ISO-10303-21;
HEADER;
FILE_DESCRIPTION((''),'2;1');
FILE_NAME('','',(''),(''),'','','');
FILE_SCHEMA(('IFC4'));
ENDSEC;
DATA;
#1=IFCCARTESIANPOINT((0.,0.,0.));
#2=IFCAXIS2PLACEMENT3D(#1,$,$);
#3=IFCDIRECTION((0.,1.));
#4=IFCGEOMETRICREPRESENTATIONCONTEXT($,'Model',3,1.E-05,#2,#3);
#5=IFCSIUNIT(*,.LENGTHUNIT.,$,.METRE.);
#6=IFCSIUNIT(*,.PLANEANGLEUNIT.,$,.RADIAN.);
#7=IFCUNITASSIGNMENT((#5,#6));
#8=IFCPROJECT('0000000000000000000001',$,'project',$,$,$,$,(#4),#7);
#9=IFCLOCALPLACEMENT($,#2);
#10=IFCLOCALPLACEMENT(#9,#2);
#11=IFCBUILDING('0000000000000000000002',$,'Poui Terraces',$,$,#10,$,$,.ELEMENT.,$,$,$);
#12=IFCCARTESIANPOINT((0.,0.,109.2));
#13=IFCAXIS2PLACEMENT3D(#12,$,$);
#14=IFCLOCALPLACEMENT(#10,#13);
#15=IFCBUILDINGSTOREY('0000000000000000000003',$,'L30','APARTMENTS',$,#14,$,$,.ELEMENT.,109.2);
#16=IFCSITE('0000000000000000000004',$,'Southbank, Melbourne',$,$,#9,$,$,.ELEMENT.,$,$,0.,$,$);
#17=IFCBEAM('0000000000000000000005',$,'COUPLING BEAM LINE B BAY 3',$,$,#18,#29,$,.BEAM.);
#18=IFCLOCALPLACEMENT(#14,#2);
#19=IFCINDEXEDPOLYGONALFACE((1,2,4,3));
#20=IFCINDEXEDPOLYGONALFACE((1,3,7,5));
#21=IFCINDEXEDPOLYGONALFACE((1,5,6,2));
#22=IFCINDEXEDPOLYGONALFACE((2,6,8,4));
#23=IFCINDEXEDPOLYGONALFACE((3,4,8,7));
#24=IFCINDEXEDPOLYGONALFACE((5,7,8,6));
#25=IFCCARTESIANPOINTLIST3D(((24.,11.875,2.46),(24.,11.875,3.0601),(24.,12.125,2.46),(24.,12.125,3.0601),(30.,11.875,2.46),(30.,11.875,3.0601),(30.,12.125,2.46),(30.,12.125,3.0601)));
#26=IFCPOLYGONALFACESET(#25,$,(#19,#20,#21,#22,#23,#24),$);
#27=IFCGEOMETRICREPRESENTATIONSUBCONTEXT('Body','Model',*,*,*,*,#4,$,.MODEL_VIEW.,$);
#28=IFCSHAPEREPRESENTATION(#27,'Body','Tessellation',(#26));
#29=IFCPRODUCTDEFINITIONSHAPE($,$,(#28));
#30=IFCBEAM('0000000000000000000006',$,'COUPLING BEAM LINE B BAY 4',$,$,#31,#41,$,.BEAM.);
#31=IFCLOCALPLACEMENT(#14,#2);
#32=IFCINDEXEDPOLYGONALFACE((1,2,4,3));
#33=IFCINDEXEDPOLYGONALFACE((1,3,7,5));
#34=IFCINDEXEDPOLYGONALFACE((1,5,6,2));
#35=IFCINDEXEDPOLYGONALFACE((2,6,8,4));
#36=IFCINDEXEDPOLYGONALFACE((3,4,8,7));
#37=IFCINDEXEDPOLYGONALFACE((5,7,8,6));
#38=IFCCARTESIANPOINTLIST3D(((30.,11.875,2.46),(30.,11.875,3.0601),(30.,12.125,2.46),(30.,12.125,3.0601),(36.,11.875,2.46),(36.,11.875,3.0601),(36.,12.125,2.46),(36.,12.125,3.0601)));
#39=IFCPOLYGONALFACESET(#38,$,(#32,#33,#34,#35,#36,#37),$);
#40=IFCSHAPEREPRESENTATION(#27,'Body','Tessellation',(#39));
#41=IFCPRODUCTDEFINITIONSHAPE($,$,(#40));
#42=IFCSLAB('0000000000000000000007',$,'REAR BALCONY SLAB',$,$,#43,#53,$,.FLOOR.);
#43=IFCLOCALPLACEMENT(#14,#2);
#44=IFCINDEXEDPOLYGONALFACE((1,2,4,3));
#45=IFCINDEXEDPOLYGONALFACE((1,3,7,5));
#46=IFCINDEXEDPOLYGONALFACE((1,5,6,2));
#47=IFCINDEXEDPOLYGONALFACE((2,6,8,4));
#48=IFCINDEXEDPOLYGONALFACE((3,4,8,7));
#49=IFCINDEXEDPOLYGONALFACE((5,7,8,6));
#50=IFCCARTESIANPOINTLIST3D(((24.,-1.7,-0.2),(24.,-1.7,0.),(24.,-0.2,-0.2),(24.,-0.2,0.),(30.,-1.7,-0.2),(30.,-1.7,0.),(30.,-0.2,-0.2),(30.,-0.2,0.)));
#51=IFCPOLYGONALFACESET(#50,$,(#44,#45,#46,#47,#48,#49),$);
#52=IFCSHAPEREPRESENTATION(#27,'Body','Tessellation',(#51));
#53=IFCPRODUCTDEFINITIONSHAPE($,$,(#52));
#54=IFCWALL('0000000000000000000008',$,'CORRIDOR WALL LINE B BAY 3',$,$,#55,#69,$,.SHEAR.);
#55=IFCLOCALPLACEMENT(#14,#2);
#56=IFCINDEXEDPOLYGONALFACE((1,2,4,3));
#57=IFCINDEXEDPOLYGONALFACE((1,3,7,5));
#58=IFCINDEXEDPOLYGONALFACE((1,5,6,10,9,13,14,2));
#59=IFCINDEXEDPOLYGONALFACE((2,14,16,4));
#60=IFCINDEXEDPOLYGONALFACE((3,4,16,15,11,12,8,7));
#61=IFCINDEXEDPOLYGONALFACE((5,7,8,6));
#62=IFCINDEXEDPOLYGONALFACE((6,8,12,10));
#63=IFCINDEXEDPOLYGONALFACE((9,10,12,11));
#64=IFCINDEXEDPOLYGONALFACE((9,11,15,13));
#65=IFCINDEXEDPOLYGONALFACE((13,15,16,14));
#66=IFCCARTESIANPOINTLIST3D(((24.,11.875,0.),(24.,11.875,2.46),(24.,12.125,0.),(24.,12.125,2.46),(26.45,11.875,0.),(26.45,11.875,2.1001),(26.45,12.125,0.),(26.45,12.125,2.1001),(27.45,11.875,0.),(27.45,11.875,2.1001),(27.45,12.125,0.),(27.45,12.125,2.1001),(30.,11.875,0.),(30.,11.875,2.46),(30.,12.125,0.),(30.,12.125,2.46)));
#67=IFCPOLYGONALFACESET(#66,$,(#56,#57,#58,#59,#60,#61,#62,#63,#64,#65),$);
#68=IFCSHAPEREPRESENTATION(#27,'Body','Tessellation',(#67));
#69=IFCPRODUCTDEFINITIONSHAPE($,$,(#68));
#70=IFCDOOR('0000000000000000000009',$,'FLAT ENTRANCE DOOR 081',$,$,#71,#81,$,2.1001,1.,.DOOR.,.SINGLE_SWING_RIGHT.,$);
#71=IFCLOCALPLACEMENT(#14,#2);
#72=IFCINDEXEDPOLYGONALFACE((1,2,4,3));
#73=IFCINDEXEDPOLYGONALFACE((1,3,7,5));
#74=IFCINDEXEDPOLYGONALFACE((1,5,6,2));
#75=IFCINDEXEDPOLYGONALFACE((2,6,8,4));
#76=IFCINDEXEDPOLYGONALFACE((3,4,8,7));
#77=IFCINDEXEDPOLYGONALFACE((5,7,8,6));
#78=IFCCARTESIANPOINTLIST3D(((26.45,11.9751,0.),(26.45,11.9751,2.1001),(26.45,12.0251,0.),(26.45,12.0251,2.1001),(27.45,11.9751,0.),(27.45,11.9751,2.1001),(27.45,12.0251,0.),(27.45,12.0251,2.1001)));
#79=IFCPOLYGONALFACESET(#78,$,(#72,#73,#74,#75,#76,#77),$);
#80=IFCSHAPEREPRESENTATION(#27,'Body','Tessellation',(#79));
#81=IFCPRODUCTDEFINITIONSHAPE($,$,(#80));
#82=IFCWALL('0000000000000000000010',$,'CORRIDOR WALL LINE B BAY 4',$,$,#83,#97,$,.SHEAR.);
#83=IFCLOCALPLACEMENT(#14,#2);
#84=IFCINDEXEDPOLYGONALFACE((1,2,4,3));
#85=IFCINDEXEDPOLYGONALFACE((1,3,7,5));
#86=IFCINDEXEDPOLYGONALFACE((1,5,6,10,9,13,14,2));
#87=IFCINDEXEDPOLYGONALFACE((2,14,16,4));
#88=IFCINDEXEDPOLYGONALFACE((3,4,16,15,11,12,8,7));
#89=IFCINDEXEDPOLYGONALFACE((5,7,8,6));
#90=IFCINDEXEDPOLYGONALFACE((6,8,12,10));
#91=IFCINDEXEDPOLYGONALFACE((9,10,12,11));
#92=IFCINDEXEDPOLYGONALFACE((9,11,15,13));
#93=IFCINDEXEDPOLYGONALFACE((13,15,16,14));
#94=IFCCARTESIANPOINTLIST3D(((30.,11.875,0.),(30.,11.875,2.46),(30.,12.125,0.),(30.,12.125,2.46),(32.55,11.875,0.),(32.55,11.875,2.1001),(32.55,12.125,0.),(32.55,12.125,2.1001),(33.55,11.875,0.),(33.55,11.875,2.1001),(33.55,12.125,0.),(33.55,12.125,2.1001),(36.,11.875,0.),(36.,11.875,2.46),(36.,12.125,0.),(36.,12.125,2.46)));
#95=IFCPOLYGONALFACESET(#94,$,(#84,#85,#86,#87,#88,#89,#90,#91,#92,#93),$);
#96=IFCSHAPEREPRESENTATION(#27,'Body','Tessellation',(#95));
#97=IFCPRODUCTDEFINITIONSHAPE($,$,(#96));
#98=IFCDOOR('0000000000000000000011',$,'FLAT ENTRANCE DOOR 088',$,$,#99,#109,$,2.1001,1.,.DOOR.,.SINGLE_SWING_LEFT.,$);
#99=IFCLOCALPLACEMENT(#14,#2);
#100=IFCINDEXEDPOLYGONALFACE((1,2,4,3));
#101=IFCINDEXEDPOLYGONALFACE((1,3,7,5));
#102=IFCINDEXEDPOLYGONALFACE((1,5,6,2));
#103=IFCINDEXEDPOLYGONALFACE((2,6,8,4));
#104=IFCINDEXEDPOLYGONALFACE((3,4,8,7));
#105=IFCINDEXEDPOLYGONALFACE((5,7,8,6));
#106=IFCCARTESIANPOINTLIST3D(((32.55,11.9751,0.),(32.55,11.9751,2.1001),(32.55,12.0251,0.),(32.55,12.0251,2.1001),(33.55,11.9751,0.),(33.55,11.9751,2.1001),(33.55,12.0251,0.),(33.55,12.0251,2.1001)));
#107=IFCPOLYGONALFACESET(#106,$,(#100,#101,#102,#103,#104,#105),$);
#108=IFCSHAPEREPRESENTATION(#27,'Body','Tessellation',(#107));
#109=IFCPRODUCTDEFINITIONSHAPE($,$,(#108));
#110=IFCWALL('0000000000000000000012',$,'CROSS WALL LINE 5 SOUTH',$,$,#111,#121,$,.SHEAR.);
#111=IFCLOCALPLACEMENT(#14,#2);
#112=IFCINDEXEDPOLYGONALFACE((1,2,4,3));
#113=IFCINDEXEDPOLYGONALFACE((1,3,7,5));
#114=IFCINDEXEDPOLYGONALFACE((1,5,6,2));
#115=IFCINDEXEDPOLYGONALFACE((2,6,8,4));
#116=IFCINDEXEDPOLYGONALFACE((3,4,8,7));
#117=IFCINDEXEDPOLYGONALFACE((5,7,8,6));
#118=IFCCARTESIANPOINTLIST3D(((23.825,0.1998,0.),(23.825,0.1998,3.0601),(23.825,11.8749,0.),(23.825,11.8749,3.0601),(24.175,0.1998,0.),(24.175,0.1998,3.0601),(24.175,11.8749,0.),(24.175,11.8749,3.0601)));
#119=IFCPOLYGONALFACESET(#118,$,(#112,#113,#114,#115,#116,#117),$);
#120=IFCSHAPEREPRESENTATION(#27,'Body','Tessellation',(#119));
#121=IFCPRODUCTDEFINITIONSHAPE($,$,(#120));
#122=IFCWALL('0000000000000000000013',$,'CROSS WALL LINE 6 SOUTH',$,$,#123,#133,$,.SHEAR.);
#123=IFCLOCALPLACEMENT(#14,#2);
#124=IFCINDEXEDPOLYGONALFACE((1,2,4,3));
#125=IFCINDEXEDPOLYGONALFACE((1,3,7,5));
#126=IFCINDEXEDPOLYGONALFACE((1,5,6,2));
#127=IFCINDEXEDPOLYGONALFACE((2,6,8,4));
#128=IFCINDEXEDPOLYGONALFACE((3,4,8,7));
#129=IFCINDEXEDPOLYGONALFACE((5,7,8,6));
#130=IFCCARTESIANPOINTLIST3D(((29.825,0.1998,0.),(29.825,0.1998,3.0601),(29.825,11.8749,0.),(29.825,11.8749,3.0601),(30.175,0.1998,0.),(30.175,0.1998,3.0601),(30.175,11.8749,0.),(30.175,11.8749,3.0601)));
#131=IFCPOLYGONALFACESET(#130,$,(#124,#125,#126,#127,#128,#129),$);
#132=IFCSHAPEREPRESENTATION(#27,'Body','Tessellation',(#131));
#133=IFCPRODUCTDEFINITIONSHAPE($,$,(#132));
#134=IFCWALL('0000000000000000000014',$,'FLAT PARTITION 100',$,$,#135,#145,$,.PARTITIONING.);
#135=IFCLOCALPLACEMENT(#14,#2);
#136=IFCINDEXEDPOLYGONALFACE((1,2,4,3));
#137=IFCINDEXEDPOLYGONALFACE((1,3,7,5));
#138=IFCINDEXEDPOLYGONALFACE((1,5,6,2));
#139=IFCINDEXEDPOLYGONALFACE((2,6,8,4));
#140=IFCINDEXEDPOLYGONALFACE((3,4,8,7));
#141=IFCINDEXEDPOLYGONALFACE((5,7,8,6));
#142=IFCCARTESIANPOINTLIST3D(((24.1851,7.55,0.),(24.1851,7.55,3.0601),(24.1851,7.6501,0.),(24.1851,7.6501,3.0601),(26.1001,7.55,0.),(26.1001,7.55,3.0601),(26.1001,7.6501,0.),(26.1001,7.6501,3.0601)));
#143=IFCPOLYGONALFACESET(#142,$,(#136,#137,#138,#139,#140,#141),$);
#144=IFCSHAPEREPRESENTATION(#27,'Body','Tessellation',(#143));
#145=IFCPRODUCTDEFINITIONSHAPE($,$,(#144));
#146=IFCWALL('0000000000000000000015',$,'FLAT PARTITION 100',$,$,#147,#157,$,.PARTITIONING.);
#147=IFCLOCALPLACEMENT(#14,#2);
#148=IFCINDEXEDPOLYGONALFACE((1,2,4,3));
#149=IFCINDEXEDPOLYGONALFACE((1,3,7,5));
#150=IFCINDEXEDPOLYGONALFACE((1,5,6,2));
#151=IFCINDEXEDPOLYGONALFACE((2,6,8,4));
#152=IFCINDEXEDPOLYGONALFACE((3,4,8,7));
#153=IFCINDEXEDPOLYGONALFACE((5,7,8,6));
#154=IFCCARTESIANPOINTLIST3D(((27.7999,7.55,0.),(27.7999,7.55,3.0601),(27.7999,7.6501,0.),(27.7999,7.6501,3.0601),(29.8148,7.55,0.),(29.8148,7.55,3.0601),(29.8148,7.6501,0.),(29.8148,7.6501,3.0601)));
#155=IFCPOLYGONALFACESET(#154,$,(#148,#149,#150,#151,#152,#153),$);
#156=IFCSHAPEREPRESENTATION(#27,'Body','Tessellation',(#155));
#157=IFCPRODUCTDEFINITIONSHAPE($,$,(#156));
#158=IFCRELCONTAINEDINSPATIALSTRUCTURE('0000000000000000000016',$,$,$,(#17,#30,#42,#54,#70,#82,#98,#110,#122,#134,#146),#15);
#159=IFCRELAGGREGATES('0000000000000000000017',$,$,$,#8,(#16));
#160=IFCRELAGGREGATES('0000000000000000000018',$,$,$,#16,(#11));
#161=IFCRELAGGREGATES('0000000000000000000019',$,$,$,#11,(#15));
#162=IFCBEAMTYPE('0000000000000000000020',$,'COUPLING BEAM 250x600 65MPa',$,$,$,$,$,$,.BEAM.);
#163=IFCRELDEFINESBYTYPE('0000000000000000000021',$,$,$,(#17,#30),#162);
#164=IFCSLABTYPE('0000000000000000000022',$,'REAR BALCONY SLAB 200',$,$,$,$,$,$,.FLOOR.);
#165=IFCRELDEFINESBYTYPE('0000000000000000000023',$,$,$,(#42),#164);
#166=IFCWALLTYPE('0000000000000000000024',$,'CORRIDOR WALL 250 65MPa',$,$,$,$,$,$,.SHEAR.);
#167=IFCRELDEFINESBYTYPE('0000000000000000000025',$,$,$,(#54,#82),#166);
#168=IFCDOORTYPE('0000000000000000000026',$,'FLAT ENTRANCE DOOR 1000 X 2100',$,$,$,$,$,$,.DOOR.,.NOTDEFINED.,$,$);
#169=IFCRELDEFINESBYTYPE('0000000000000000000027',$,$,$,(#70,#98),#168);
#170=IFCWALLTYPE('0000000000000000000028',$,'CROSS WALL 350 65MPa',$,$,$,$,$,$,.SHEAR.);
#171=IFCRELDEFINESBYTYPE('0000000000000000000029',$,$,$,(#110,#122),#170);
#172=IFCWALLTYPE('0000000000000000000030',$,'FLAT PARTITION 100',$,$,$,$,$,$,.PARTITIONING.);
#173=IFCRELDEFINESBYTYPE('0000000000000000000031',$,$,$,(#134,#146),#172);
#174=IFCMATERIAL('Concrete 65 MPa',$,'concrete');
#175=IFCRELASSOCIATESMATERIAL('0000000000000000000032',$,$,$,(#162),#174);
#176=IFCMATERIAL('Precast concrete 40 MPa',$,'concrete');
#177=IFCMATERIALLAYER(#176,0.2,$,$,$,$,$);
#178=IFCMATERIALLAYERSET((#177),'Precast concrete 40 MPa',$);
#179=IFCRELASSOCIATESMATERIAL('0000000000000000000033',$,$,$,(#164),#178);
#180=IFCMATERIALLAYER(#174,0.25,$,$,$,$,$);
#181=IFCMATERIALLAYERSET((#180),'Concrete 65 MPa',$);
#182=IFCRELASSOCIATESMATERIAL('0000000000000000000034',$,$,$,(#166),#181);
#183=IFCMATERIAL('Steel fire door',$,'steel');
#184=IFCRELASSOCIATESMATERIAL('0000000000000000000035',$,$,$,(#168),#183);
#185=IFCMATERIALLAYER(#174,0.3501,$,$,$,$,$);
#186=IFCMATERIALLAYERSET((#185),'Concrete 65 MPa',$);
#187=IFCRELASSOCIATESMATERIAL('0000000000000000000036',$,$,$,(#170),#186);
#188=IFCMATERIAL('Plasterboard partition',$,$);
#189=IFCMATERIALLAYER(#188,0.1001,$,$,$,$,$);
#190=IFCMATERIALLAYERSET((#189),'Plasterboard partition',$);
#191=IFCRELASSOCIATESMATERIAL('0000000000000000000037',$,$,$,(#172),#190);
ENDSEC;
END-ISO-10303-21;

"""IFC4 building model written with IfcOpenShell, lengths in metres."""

from ifc_helpers import new_model, si_unit, direction, frame, frame_2d, origin, origin_2d, place, context, subcontext, project, spatial, polyline, rectangle, outline, extrude, source, transform, mapped, material, layer, layer_set, material_profile, profile_set, type_object, element, fill, save


model = new_model("IFC4")

# Units and contexts
model_context = context("Model", 3, precision=1e-05, world=origin(), true_north=direction((0.0, 1.0)))
body_context = subcontext(model_context, "Body", "Model", "MODEL_VIEW")
ifc_project = project(units=[si_unit("LENGTHUNIT", "METRE"), si_unit("PLANEANGLEUNIT", "RADIAN")], contexts=[model_context])

# Site, building, storey
site_placement = place(None, origin())
site = spatial("IfcSite", under=ifc_project, at=site_placement, Name="Southbank, Melbourne", CompositionType="ELEMENT", RefElevation=0.0)
building_placement = place(site_placement, origin())
building = spatial("IfcBuilding", under=site, at=building_placement, Name="Poui Terraces", CompositionType="ELEMENT")
storey_placement = place(building_placement, frame((0.0, 0.0, 109.2)))
storey = spatial("IfcBuildingStorey", under=building, at=storey_placement, Name="L30", Description="APARTMENTS", CompositionType="ELEMENT", Elevation=109.2)

# Beams
ifc_material_1 = material(Name="Concrete 65 MPa", Category="concrete")
ifc_material_profile_1 = material_profile(ifc_material_1, rectangle(XDim=0.25, YDim=0.6001, at=origin_2d()), Name="RC 250x600")
ifc_profile_set_1 = profile_set([ifc_material_profile_1], Name="Concrete 65 MPa")
beam_type = type_object("IfcBeamType", Name="COUPLING BEAM 250x600 65MPa", PredefinedType="BEAM", material=ifc_profile_set_1)
shared_shape_1 = source(origin(), body_context, "Body", "SweptSolid", [
    extrude(rectangle(XDim=0.25, YDim=0.6001, at=origin_2d()), origin(), (0.0, 0.0, 1.0), 6.0),
])
for number, where, z_axis, x_axis, name in (
    (1, (24.0, 12.0, 2.76), (1.0, 0.0, 0.0), (0.0, 1.0, 0.0), "COUPLING BEAM LINE B BAY 3"),
    (2, (30.0, 12.0, 2.76), (1.0, 0.0, 0.0), (0.0, 1.0, 0.0), "COUPLING BEAM LINE B BAY 4"),
):
    element("IfcBeam", number, at=place(storey_placement, frame(where, z_axis=z_axis, x_axis=x_axis)), inside=storey, type_object=beam_type, Name=name, PredefinedType="BEAM", context=body_context, shape_type="MappedRepresentation", body=[
        mapped(shared_shape_1, transform((0.0, 0.0, 0.0))),
    ])

# Slab
ifc_material_2 = material(Name="Precast concrete 40 MPa", Category="concrete")
ifc_layer_1 = layer(ifc_material_2, 0.2)
ifc_layer_set_1 = layer_set([ifc_layer_1], Name="Precast concrete 40 MPa")
slab_type = type_object("IfcSlabType", Name="REAR BALCONY SLAB 200", PredefinedType="FLOOR", material=ifc_layer_set_1)
shared_shape_2 = source(origin(), body_context, "Body", "SweptSolid", [
    extrude(outline(polyline([(0.0, 0.0), (6.0, 0.0), (6.0, 1.5), (0.0, 1.5), (0.0, 0.0)])), origin(), (0.0, 0.0, 1.0), 0.2),
])
slab_placement = place(storey_placement, frame((24.0, -1.7, -0.2)))
element("IfcSlab", 3, at=slab_placement, inside=storey, type_object=slab_type, Name="REAR BALCONY SLAB", PredefinedType="FLOOR", context=body_context, shape_type="MappedRepresentation", body=[
    mapped(shared_shape_2, transform((0.0, 0.0, 0.0))),
])

# Walls, openings, doors
ifc_layer_2 = layer(ifc_material_1, 0.25)
ifc_layer_set_2 = layer_set([ifc_layer_2], Name="Concrete 65 MPa")
wall_type_1 = type_object("IfcWallType", Name="CORRIDOR WALL 250 65MPa", PredefinedType="SHEAR", material=ifc_layer_set_2)
wall_1_placement = place(storey_placement, frame((24.0, 12.0, 0.0), z_axis=(0.0, 0.0, 1.0), x_axis=(1.0, 0.0, 0.0)))
wall_1 = element("IfcWall", 4, at=wall_1_placement, inside=storey, type_object=wall_type_1, Name="CORRIDOR WALL LINE B BAY 3", PredefinedType="SHEAR", context=body_context, shape_type="SweptSolid", body=[
    extrude(rectangle(XDim=6.0, YDim=0.25, at=frame_2d((3.0, 0.0))), origin(), (0.0, 0.0, 1.0), 2.46),
])
opening_1_placement = place(wall_1_placement, frame((2.45, 0.0, 0.0)))
opening_1 = element("IfcOpeningElement", 5, at=opening_1_placement, cuts=wall_1, PredefinedType="OPENING", context=body_context, shape_type="SweptSolid", body=[
    extrude(rectangle(XDim=1.0, YDim=2.1001, at=frame_2d((0.5, 1.05))), frame((0.0, 0.135, 0.0), z_axis=(0.0, -1.0, 0.0), x_axis=(1.0, 0.0, 0.0)), (0.0, 0.0, 1.0), 0.27),
])
ifc_material_3 = material(Name="Steel fire door", Category="steel")
door_type_1 = type_object("IfcDoorType", Name="FLAT ENTRANCE DOOR 1000 X 2100", OperationType="NOTDEFINED", PredefinedType="DOOR", material=ifc_material_3)
door_1_placement = place(opening_1_placement, frame((1.0, 0.0, 0.0), z_axis=(0.0, 0.0, 1.0), x_axis=(-1.0, 0.0, 0.0)))
door_1 = element("IfcDoor", 6, at=door_1_placement, inside=storey, type_object=door_type_1, Name="FLAT ENTRANCE DOOR 081", OperationType="SINGLE_SWING_RIGHT", OverallHeight=2.1001, OverallWidth=1.0, PredefinedType="DOOR", context=body_context, shape_type="SweptSolid", body=[
    extrude(rectangle(XDim=1.0, YDim=2.1001, at=frame_2d((0.5, 1.05))), frame((0.0, 0.0249, 0.0), z_axis=(0.0, -1.0, 0.0), x_axis=(1.0, 0.0, 0.0)), (0.0, 0.0, 1.0), 0.05),
])
fill(opening_1, door_1)
wall_2_placement = place(storey_placement, frame((30.0, 12.0, 0.0), z_axis=(0.0, 0.0, 1.0), x_axis=(1.0, 0.0, 0.0)))
wall_2 = element("IfcWall", 7, at=wall_2_placement, inside=storey, type_object=wall_type_1, Name="CORRIDOR WALL LINE B BAY 4", PredefinedType="SHEAR", context=body_context, shape_type="SweptSolid", body=[
    extrude(rectangle(XDim=6.0, YDim=0.25, at=frame_2d((3.0, 0.0))), origin(), (0.0, 0.0, 1.0), 2.46),
])
opening_2_placement = place(wall_2_placement, frame((2.55, 0.0, 0.0)))
opening_2 = element("IfcOpeningElement", 8, at=opening_2_placement, cuts=wall_2, PredefinedType="OPENING", context=body_context, shape_type="SweptSolid", body=[
    extrude(rectangle(XDim=1.0, YDim=2.1001, at=frame_2d((0.5, 1.05))), frame((0.0, 0.135, 0.0), z_axis=(0.0, -1.0, 0.0), x_axis=(1.0, 0.0, 0.0)), (0.0, 0.0, 1.0), 0.27),
])
door_2_placement = place(opening_2_placement, frame((1.0, 0.0, 0.0), z_axis=(0.0, 0.0, 1.0), x_axis=(-1.0, 0.0, 0.0)))
door_2 = element("IfcDoor", 9, at=door_2_placement, inside=storey, type_object=door_type_1, Name="FLAT ENTRANCE DOOR 088", OperationType="SINGLE_SWING_LEFT", OverallHeight=2.1001, OverallWidth=1.0, PredefinedType="DOOR", context=body_context, shape_type="SweptSolid", body=[
    extrude(rectangle(XDim=1.0, YDim=2.1001, at=frame_2d((0.5, 1.05))), frame((0.0, 0.0249, 0.0), z_axis=(0.0, -1.0, 0.0), x_axis=(1.0, 0.0, 0.0)), (0.0, 0.0, 1.0), 0.05),
])
fill(opening_2, door_2)

# Walls
ifc_layer_3 = layer(ifc_material_1, 0.3501)
ifc_layer_set_3 = layer_set([ifc_layer_3], Name="Concrete 65 MPa")
wall_type_2 = type_object("IfcWallType", Name="CROSS WALL 350 65MPa", PredefinedType="SHEAR", material=ifc_layer_set_3)
for number, where, z_axis, x_axis, name in (
    (10, (24.0, 0.2, 0.0), (0.0, 0.0, 1.0), (0.0, 1.0, 0.0), "CROSS WALL LINE 5 SOUTH"),
    (11, (30.0, 0.2, 0.0), (0.0, 0.0, 1.0), (0.0, 1.0, 0.0), "CROSS WALL LINE 6 SOUTH"),
):
    element("IfcWall", number, at=place(storey_placement, frame(where, z_axis=z_axis, x_axis=x_axis)), inside=storey, type_object=wall_type_2, Name=name, PredefinedType="SHEAR", context=body_context, shape_type="SweptSolid", body=[
        extrude(rectangle(XDim=11.675, YDim=0.3501, at=frame_2d((5.8374, 0.0))), origin(), (0.0, 0.0, 1.0), 3.0601),
    ])
ifc_material_4 = material(Name="Plasterboard partition")
ifc_layer_4 = layer(ifc_material_4, 0.1001)
ifc_layer_set_4 = layer_set([ifc_layer_4], Name="Plasterboard partition")
wall_type_3 = type_object("IfcWallType", Name="FLAT PARTITION 100", PredefinedType="PARTITIONING", material=ifc_layer_set_4)
wall_3_placement = place(storey_placement, frame((24.1851, 7.6001, 0.0), z_axis=(0.0, 0.0, 1.0), x_axis=(1.0, 0.0, 0.0)))
element("IfcWall", 12, at=wall_3_placement, inside=storey, type_object=wall_type_3, Name="FLAT PARTITION 100", PredefinedType="PARTITIONING", context=body_context, shape_type="SweptSolid", body=[
    extrude(rectangle(XDim=1.915, YDim=0.1001, at=frame_2d((0.9575, 0.0))), origin(), (0.0, 0.0, 1.0), 3.0601),
])
wall_4_placement = place(storey_placement, frame((27.8, 7.6001, 0.0), z_axis=(0.0, 0.0, 1.0), x_axis=(1.0, 0.0, 0.0)))
element("IfcWall", 13, at=wall_4_placement, inside=storey, type_object=wall_type_3, Name="FLAT PARTITION 100", PredefinedType="PARTITIONING", context=body_context, shape_type="SweptSolid", body=[
    extrude(rectangle(XDim=2.0149, YDim=0.1001, at=frame_2d((1.0073, 0.0))), origin(), (0.0, 0.0, 1.0), 3.0601),
])

save(model, "model.ifc")
